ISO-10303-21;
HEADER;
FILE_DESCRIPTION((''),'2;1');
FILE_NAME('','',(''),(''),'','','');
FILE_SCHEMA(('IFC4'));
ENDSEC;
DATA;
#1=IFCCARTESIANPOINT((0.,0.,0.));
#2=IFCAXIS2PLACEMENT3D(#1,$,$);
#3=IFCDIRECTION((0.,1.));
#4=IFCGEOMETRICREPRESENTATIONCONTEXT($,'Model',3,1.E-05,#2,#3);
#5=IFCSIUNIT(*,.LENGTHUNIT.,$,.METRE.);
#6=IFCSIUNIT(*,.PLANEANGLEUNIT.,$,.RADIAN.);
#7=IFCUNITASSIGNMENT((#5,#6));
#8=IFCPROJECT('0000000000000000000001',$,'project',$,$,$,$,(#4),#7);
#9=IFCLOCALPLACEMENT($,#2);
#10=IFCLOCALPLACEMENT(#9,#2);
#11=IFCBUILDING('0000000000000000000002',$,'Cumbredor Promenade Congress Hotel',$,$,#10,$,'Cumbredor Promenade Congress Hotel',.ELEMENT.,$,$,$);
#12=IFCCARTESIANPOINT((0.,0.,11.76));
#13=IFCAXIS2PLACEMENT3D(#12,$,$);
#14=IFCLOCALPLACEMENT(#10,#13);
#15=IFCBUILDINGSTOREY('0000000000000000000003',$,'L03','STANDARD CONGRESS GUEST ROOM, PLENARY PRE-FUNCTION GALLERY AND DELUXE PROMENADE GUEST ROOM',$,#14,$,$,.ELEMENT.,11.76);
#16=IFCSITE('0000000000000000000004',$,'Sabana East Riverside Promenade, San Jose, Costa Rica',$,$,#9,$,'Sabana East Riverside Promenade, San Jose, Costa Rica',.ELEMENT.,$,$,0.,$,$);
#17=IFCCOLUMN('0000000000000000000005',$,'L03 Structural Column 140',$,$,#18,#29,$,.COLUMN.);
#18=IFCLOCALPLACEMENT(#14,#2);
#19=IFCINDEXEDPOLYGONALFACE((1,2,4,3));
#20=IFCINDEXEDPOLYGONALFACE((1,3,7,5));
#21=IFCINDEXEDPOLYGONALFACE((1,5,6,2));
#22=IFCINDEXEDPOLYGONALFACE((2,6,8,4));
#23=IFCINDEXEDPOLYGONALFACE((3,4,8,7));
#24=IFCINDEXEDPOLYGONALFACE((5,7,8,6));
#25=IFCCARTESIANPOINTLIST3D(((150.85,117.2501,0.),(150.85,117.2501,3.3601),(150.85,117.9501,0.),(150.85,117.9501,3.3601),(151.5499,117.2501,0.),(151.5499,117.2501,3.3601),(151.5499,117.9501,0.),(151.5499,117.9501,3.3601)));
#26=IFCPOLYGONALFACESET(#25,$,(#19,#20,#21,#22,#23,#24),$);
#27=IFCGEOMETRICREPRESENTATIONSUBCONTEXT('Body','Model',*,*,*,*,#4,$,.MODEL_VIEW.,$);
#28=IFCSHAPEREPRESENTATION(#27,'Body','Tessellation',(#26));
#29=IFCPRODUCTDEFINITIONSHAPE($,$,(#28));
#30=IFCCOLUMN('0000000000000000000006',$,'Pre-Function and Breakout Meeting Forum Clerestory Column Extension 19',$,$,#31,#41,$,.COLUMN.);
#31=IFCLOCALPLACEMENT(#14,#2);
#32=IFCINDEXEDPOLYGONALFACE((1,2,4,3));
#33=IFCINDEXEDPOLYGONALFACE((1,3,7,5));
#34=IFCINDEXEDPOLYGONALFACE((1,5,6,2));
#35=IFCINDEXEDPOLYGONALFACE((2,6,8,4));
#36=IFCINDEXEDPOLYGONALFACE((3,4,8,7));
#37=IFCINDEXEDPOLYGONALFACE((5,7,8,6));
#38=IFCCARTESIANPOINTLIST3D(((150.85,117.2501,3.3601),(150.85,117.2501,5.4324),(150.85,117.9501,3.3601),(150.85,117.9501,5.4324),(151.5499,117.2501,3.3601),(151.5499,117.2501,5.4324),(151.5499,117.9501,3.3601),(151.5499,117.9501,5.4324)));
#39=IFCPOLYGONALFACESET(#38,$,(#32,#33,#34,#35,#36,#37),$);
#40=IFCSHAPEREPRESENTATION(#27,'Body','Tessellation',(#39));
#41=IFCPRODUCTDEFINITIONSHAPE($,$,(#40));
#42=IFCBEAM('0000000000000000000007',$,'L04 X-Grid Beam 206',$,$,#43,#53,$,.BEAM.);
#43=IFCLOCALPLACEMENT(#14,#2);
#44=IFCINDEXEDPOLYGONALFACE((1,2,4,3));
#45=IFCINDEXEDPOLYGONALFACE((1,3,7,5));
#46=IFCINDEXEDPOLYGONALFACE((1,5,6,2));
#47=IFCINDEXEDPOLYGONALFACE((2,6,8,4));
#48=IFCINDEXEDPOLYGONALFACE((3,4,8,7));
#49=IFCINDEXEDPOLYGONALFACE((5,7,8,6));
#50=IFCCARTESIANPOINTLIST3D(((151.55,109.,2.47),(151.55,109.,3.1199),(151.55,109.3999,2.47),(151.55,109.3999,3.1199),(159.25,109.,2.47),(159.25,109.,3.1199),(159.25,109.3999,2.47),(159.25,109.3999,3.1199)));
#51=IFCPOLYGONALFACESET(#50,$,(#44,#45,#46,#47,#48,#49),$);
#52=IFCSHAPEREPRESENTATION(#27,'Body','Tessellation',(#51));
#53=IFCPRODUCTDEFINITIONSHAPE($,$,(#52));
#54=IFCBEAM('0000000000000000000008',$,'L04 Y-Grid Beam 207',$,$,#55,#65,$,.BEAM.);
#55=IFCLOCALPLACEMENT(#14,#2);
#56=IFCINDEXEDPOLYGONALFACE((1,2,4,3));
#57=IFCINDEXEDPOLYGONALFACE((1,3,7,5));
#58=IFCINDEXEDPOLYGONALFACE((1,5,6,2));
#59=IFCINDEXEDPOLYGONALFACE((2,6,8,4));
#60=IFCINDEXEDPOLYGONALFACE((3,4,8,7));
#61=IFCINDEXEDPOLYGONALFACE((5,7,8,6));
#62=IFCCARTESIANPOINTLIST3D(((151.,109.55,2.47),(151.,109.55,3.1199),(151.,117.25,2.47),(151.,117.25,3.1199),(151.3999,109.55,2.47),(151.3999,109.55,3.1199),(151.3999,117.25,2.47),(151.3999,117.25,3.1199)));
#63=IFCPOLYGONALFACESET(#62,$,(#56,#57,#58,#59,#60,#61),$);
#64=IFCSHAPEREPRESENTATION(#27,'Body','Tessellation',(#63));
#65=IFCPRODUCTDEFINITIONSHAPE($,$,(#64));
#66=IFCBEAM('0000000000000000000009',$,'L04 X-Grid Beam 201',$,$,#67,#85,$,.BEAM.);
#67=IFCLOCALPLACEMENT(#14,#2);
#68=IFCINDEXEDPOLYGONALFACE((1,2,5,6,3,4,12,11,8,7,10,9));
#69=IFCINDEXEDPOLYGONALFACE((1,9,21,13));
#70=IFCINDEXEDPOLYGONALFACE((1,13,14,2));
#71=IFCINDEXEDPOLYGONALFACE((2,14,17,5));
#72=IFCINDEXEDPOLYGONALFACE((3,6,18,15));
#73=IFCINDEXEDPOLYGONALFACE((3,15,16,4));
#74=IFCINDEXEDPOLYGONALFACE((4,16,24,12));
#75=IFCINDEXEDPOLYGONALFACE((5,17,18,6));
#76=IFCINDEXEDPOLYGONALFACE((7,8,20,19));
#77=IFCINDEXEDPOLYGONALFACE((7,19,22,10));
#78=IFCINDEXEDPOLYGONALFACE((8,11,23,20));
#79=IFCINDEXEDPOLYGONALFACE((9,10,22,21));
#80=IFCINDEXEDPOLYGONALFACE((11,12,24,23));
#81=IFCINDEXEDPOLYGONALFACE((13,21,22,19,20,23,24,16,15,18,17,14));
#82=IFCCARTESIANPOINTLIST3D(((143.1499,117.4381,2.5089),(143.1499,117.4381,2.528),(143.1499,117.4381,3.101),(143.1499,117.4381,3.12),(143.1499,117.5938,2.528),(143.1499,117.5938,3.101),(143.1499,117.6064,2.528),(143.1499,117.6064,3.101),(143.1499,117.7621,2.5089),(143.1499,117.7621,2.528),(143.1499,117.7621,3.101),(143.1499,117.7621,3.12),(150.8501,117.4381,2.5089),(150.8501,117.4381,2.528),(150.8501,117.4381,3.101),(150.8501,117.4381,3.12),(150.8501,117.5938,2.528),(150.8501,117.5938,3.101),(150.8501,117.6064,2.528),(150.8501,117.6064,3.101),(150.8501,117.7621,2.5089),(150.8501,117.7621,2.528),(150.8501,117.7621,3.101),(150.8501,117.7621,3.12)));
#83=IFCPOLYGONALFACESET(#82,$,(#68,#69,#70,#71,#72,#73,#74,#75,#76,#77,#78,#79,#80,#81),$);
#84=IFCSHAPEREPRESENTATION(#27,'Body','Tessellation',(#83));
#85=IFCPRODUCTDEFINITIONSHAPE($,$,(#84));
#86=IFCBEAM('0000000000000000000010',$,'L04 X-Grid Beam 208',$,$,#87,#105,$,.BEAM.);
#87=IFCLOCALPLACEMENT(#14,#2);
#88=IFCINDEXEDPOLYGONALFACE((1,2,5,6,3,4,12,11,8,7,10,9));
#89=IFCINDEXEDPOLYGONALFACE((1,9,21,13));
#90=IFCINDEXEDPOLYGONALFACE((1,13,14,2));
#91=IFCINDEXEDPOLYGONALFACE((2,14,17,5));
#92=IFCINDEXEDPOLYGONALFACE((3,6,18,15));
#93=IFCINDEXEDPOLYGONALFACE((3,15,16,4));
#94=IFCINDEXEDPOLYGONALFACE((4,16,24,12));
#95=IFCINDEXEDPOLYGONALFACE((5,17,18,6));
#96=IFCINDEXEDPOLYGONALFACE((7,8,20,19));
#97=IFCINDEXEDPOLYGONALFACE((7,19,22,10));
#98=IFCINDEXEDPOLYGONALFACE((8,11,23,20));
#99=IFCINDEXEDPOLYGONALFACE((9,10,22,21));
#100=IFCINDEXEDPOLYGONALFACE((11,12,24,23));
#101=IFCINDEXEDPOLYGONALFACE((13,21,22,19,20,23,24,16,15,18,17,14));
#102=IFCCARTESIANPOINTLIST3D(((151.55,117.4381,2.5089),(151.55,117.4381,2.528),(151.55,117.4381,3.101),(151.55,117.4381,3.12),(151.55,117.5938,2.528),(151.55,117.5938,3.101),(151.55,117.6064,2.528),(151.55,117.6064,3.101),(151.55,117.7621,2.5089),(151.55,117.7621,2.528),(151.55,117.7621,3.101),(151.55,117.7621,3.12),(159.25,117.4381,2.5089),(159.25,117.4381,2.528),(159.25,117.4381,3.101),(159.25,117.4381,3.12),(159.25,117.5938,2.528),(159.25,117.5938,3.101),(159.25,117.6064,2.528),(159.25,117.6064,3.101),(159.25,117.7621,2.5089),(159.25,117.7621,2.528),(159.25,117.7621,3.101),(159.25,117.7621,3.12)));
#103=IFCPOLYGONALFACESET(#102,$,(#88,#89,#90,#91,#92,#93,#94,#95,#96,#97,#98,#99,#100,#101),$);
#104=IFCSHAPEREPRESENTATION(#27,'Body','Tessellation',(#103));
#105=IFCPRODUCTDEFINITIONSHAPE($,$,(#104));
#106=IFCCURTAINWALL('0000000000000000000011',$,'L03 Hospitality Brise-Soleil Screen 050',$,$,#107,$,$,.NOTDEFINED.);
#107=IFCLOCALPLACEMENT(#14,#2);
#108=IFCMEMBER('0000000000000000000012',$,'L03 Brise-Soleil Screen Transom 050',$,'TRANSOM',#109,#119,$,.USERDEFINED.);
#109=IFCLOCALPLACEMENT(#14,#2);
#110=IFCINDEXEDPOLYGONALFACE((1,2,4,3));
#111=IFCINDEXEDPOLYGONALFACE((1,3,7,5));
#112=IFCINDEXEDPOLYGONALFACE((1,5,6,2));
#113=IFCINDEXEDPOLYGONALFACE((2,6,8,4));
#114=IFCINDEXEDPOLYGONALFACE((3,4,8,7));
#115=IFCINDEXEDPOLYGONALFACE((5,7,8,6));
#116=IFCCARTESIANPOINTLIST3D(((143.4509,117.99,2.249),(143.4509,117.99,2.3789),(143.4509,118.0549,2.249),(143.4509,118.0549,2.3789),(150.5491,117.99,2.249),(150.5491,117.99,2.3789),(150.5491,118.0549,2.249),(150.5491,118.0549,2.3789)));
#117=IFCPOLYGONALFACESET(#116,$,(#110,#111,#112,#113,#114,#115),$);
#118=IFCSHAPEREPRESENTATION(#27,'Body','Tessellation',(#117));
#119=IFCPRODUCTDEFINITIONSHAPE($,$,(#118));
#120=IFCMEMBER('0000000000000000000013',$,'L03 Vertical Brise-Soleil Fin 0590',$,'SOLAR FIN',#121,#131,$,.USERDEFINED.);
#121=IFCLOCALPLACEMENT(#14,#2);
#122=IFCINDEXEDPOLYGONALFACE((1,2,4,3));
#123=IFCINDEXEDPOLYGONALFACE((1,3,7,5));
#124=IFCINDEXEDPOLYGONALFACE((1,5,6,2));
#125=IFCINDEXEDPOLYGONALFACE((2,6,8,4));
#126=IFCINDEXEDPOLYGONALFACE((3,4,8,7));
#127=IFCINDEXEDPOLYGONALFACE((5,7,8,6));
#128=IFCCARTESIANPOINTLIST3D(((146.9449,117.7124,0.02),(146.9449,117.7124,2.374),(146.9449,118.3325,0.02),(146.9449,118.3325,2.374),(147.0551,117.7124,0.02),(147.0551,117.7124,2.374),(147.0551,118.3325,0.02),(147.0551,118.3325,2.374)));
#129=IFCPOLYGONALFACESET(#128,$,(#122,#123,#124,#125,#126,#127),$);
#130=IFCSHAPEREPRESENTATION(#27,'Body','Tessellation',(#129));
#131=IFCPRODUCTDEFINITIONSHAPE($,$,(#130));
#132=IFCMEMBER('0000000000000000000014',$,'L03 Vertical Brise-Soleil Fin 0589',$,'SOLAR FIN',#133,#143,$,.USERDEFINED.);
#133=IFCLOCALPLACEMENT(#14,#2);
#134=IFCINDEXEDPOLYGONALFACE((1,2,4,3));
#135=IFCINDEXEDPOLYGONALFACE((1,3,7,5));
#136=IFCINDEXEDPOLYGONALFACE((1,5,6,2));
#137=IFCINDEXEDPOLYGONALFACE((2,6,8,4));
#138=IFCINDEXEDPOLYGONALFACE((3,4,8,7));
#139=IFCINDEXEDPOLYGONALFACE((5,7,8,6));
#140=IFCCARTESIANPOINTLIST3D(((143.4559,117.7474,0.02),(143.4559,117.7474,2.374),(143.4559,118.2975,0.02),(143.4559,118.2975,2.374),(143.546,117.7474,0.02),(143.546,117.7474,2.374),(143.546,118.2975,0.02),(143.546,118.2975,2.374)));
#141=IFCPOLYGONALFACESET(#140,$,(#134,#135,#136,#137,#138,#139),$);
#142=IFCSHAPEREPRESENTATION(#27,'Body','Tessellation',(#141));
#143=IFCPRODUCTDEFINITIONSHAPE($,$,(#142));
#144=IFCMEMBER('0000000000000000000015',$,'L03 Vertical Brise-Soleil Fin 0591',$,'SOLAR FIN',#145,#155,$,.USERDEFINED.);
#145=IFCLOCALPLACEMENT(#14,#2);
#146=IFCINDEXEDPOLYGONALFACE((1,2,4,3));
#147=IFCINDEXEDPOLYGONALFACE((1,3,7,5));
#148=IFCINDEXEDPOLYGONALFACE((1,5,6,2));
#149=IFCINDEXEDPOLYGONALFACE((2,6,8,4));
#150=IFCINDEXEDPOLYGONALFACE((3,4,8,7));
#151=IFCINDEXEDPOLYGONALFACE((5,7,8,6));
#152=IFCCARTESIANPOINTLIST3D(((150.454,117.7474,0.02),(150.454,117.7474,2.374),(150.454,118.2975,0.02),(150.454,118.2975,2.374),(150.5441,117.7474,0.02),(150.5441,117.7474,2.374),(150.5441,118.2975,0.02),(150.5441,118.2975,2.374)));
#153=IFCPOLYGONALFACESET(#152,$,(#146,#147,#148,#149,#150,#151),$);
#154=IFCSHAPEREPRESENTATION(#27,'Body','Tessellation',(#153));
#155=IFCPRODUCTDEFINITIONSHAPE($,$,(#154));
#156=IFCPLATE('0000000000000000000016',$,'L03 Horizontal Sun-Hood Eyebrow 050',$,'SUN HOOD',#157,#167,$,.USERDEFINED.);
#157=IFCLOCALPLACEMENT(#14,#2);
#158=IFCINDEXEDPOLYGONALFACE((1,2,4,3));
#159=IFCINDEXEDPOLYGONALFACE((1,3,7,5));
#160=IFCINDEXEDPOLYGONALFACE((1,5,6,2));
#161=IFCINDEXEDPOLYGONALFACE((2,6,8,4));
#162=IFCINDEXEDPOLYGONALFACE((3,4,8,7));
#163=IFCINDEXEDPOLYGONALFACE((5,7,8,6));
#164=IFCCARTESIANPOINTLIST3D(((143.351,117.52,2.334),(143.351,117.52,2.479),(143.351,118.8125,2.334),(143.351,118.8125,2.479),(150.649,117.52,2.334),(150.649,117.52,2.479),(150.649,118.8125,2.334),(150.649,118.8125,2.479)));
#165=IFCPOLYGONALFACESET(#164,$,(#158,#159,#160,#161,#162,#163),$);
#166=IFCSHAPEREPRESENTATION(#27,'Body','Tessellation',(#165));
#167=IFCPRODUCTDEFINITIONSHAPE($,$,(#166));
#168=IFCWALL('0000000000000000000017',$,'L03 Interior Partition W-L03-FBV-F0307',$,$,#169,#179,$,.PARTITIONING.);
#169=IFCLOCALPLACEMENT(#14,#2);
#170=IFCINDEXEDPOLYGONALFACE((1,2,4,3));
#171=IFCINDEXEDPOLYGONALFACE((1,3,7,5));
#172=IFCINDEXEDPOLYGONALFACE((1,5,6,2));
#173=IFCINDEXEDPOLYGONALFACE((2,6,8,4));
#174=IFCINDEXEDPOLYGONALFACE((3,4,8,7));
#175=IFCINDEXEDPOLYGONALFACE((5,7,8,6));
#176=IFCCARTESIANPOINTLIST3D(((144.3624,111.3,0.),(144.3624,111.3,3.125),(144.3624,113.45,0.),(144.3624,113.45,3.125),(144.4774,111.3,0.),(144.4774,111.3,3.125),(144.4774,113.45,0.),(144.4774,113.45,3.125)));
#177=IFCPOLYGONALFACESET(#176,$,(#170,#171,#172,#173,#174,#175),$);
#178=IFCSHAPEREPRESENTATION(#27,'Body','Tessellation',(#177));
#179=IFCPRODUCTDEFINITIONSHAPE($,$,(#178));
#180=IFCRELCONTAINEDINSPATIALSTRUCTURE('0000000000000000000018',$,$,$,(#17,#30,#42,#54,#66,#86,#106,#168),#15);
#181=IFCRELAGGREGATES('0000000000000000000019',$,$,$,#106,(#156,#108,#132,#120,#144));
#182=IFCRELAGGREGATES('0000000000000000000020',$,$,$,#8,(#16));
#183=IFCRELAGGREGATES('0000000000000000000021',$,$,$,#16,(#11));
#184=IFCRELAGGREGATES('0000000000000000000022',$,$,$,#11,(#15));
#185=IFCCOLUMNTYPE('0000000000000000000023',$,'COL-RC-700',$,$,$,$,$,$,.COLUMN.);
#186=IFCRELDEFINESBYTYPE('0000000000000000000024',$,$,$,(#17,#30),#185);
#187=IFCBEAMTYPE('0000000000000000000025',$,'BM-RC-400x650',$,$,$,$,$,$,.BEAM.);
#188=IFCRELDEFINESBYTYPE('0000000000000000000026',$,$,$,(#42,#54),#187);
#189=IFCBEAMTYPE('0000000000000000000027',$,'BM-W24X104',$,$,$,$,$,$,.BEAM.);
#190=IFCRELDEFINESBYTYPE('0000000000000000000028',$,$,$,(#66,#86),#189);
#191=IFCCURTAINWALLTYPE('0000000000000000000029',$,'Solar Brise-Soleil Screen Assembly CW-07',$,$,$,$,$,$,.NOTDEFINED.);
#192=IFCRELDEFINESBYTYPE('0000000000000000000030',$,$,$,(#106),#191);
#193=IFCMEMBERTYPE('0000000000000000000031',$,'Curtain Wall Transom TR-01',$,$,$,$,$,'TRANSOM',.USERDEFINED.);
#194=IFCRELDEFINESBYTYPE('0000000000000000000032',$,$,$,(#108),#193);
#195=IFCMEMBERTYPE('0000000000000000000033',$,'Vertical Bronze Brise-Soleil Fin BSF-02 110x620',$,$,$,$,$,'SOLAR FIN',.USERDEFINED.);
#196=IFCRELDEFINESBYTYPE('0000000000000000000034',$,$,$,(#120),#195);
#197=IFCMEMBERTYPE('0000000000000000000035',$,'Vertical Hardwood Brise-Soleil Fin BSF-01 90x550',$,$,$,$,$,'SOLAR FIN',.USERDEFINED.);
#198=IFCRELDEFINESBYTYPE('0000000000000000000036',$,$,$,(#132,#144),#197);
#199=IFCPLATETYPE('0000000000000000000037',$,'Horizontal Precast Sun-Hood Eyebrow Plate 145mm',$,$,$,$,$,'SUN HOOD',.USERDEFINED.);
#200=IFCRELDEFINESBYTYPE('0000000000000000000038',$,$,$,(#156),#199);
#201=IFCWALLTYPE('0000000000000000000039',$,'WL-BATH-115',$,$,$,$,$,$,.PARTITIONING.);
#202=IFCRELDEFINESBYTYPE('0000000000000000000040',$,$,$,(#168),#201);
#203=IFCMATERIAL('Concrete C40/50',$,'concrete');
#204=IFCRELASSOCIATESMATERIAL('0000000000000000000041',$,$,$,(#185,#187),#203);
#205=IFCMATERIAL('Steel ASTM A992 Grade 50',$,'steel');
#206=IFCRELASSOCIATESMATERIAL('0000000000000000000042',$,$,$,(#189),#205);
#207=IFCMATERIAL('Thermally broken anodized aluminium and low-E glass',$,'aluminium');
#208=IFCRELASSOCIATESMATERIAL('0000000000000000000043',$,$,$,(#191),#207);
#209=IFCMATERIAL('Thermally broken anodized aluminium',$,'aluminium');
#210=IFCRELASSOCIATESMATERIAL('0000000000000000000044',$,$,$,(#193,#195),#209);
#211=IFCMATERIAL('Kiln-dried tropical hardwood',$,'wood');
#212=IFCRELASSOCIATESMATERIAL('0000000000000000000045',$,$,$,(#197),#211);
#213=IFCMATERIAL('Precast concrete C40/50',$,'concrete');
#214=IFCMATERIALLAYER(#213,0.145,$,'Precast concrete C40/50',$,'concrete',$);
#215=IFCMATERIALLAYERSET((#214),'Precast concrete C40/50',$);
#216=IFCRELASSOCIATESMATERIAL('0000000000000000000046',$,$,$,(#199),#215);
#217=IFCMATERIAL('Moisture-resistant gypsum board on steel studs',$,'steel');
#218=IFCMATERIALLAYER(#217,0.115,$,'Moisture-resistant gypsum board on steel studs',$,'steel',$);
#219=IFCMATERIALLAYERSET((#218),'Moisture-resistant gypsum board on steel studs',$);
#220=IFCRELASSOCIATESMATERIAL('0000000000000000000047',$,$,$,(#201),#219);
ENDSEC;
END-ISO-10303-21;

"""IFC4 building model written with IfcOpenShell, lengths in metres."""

from ifc_helpers import new_model, si_unit, direction, frame, frame_2d, origin, origin_2d, place, context, subcontext, project, spatial, rectangle, i_section, extrude, material, layer, layer_set, material_profile, profile_set, type_object, element, aggregate, save


model = new_model("IFC4")

# Units and contexts
model_context = context("Model", 3, precision=1e-05, world=origin(), true_north=direction((0.0, 1.0)))
body_context = subcontext(model_context, "Body", "Model", "MODEL_VIEW")
ifc_project = project(units=[si_unit("LENGTHUNIT", "METRE"), si_unit("PLANEANGLEUNIT", "RADIAN")], contexts=[model_context])

# Site, building, storey
site_placement = place(None, origin())
site = spatial("IfcSite", under=ifc_project, at=site_placement, Name="Sabana East Riverside Promenade, San Jose, Costa Rica", LongName="Sabana East Riverside Promenade, San Jose, Costa Rica", CompositionType="ELEMENT", RefElevation=0.0)
building_placement = place(site_placement, origin())
building = spatial("IfcBuilding", under=site, at=building_placement, Name="Cumbredor Promenade Congress Hotel", LongName="Cumbredor Promenade Congress Hotel", CompositionType="ELEMENT")
storey_placement = place(building_placement, frame((0.0, 0.0, 11.76)))
storey = spatial("IfcBuildingStorey", under=building, at=storey_placement, Name="L03", Description="STANDARD CONGRESS GUEST ROOM, PLENARY PRE-FUNCTION GALLERY AND DELUXE PROMENADE GUEST ROOM", CompositionType="ELEMENT", Elevation=11.76)

# Columns
ifc_material_1 = material(Name="Concrete C40/50", Category="concrete")
ifc_material_profile_1 = material_profile(ifc_material_1, rectangle(XDim=0.7, YDim=0.7, at=origin_2d()), Name="RC 700x700")
ifc_profile_set_1 = profile_set([ifc_material_profile_1], Name="Concrete C40/50")
column_type = type_object("IfcColumnType", Name="COL-RC-700", PredefinedType="COLUMN", material=ifc_profile_set_1)
column_1_placement = place(storey_placement, frame((151.2, 117.6001, 0.0), z_axis=(0.0, 0.0, 1.0), x_axis=(1.0, 0.0, 0.0)))
element("IfcColumn", 1, at=column_1_placement, inside=storey, type_object=column_type, Name="L03 Structural Column 140", PredefinedType="COLUMN", context=body_context, shape_type="SweptSolid", body=[
    extrude(rectangle(XDim=0.7, YDim=0.7, at=origin_2d()), origin(), (0.0, 0.0, 1.0), 3.3601),
])
column_2_placement = place(storey_placement, frame((151.2, 117.6001, 3.3601), z_axis=(0.0, 0.0, 1.0), x_axis=(1.0, 0.0, 0.0)))
element("IfcColumn", 2, at=column_2_placement, inside=storey, type_object=column_type, Name="Pre-Function and Breakout Meeting Forum Clerestory Column Extension 19", PredefinedType="COLUMN", context=body_context, shape_type="SweptSolid", body=[
    extrude(rectangle(XDim=0.7, YDim=0.7, at=origin_2d()), origin(), (0.0, 0.0, 1.0), 2.0723),
])

# Beams
ifc_material_profile_2 = material_profile(ifc_material_1, rectangle(XDim=0.3999, YDim=0.6499, at=origin_2d()), Name="RC BEAM 400x650")
ifc_profile_set_2 = profile_set([ifc_material_profile_2], Name="Concrete C40/50")
beam_type_1 = type_object("IfcBeamType", Name="BM-RC-400x650", PredefinedType="BEAM", material=ifc_profile_set_2)
for number, where, z_axis, x_axis, name in (
    (3, (151.55, 109.2, 2.7949), (1.0, 0.0, 0.0), (0.0, 1.0, 0.0), "L04 X-Grid Beam 206"),
    (4, (151.2, 109.55, 2.7949), (0.0, 1.0, 0.0), (-1.0, 0.0, 0.0), "L04 Y-Grid Beam 207"),
):
    element("IfcBeam", number, at=place(storey_placement, frame(where, z_axis=z_axis, x_axis=x_axis)), inside=storey, type_object=beam_type_1, Name=name, PredefinedType="BEAM", context=body_context, shape_type="SweptSolid", body=[
        extrude(rectangle(XDim=0.3999, YDim=0.6499, at=origin_2d()), origin(), (0.0, 0.0, 1.0), 7.7),
    ])
ifc_material_2 = material(Name="Steel ASTM A992 Grade 50", Category="steel")
ifc_material_profile_3 = material_profile(ifc_material_2, i_section(OverallWidth=0.324, OverallDepth=0.6111, WebThickness=0.0127, FlangeThickness=0.019, at=origin_2d()), Name="W24X104")
ifc_profile_set_3 = profile_set([ifc_material_profile_3], Name="Steel ASTM A992 Grade 50")
beam_type_2 = type_object("IfcBeamType", Name="BM-W24X104", PredefinedType="BEAM", material=ifc_profile_set_3)
beam_1_placement = place(storey_placement, frame((143.1499, 117.6001, 2.8145), z_axis=(1.0, 0.0, 0.0), x_axis=(0.0, 1.0, 0.0)))
element("IfcBeam", 5, at=beam_1_placement, inside=storey, type_object=beam_type_2, Name="L04 X-Grid Beam 201", PredefinedType="BEAM", context=body_context, shape_type="SweptSolid", body=[
    extrude(i_section(OverallWidth=0.324, OverallDepth=0.6111, WebThickness=0.0127, FlangeThickness=0.019, at=origin_2d()), origin(), (0.0, 0.0, 1.0), 7.7002),
])
beam_2_placement = place(storey_placement, frame((151.55, 117.6001, 2.8145), z_axis=(1.0, 0.0, 0.0), x_axis=(0.0, 1.0, 0.0)))
element("IfcBeam", 6, at=beam_2_placement, inside=storey, type_object=beam_type_2, Name="L04 X-Grid Beam 208", PredefinedType="BEAM", context=body_context, shape_type="SweptSolid", body=[
    extrude(i_section(OverallWidth=0.324, OverallDepth=0.6111, WebThickness=0.0127, FlangeThickness=0.019, at=origin_2d()), origin(), (0.0, 0.0, 1.0), 7.7),
])

# Curtain wall, members, plate
ifc_material_3 = material(Name="Thermally broken anodized aluminium and low-E glass", Category="aluminium")
curtain_wall_type = type_object("IfcCurtainWallType", Name="Solar Brise-Soleil Screen Assembly CW-07", PredefinedType="NOTDEFINED", material=ifc_material_3)
curtain_wall_placement = place(storey_placement, origin())
curtain_wall = element("IfcCurtainWall", 7, at=curtain_wall_placement, inside=storey, type_object=curtain_wall_type, Name="L03 Hospitality Brise-Soleil Screen 050", PredefinedType="NOTDEFINED")
ifc_material_4 = material(Name="Thermally broken anodized aluminium", Category="aluminium")
ifc_material_profile_4 = material_profile(ifc_material_4, rectangle(XDim=0.0649, YDim=0.1299, at=origin_2d()), Name="ALU TRANSOM 65x130")
ifc_profile_set_4 = profile_set([ifc_material_profile_4], Name="Thermally broken anodized aluminium")
member_type_1 = type_object("IfcMemberType", Name="Curtain Wall Transom TR-01", ElementType="TRANSOM", PredefinedType="USERDEFINED", material=ifc_profile_set_4)
member_1_placement = place(storey_placement, frame((143.4509, 118.0225, 2.314), z_axis=(1.0, 0.0, 0.0), x_axis=(0.0, 1.0, 0.0)))
member_1 = element("IfcMember", 8, at=member_1_placement, type_object=member_type_1, Name="L03 Brise-Soleil Screen Transom 050", ObjectType="TRANSOM", PredefinedType="USERDEFINED", context=body_context, shape_type="SweptSolid", body=[
    extrude(rectangle(XDim=0.0649, YDim=0.1299, at=origin_2d()), origin(), (0.0, 0.0, 1.0), 7.0981),
])
ifc_material_profile_5 = material_profile(ifc_material_4, rectangle(XDim=0.1101, YDim=0.6201, at=origin_2d()), Name="ARCH FIN 110x620")
ifc_profile_set_5 = profile_set([ifc_material_profile_5], Name="Thermally broken anodized aluminium")
member_type_2 = type_object("IfcMemberType", Name="Vertical Bronze Brise-Soleil Fin BSF-02 110x620", ElementType="SOLAR FIN", PredefinedType="USERDEFINED", material=ifc_profile_set_5)
member_2_placement = place(storey_placement, frame((147.0, 118.0225, 0.02), z_axis=(0.0, 0.0, 1.0), x_axis=(1.0, 0.0, 0.0)))
member_2 = element("IfcMember", 9, at=member_2_placement, type_object=member_type_2, Name="L03 Vertical Brise-Soleil Fin 0590", ObjectType="SOLAR FIN", PredefinedType="USERDEFINED", context=body_context, shape_type="SweptSolid", body=[
    extrude(rectangle(XDim=0.1101, YDim=0.6201, at=origin_2d()), origin(), (0.0, 0.0, 1.0), 2.354),
])
ifc_material_5 = material(Name="Kiln-dried tropical hardwood", Category="wood")
ifc_material_profile_6 = material_profile(ifc_material_5, rectangle(XDim=0.0901, YDim=0.55, at=origin_2d()), Name="ARCH FIN 90x550")
ifc_profile_set_6 = profile_set([ifc_material_profile_6], Name="Kiln-dried tropical hardwood")
member_type_3 = type_object("IfcMemberType", Name="Vertical Hardwood Brise-Soleil Fin BSF-01 90x550", ElementType="SOLAR FIN", PredefinedType="USERDEFINED", material=ifc_profile_set_6)
member_3_placement = place(storey_placement, frame((143.501, 118.0225, 0.02), z_axis=(0.0, 0.0, 1.0), x_axis=(1.0, 0.0, 0.0)))
member_3 = element("IfcMember", 10, at=member_3_placement, type_object=member_type_3, Name="L03 Vertical Brise-Soleil Fin 0589", ObjectType="SOLAR FIN", PredefinedType="USERDEFINED", context=body_context, shape_type="SweptSolid", body=[
    extrude(rectangle(XDim=0.0901, YDim=0.55, at=origin_2d()), origin(), (0.0, 0.0, 1.0), 2.354),
])
member_4_placement = place(storey_placement, frame((150.499, 118.0225, 0.02), z_axis=(0.0, 0.0, 1.0), x_axis=(1.0, 0.0, 0.0)))
member_4 = element("IfcMember", 11, at=member_4_placement, type_object=member_type_3, Name="L03 Vertical Brise-Soleil Fin 0591", ObjectType="SOLAR FIN", PredefinedType="USERDEFINED", context=body_context, shape_type="SweptSolid", body=[
    extrude(rectangle(XDim=0.0901, YDim=0.55, at=origin_2d()), origin(), (0.0, 0.0, 1.0), 2.354),
])
ifc_material_6 = material(Name="Precast concrete C40/50", Category="concrete")
ifc_layer_1 = layer(ifc_material_6, 0.145, Name="Precast concrete C40/50", Category="concrete")
ifc_layer_set_1 = layer_set([ifc_layer_1], Name="Precast concrete C40/50")
plate_type = type_object("IfcPlateType", Name="Horizontal Precast Sun-Hood Eyebrow Plate 145mm", ElementType="SUN HOOD", PredefinedType="USERDEFINED", material=ifc_layer_set_1)
plate_placement = place(storey_placement, frame((147.0, 118.1663, 2.334), z_axis=(0.0, 0.0, 1.0), x_axis=(1.0, 0.0, 0.0)))
plate = element("IfcPlate", 12, at=plate_placement, type_object=plate_type, Name="L03 Horizontal Sun-Hood Eyebrow 050", ObjectType="SUN HOOD", PredefinedType="USERDEFINED", context=body_context, shape_type="SweptSolid", body=[
    extrude(rectangle(XDim=7.2981, YDim=1.2925, at=origin_2d()), origin(), (0.0, 0.0, 1.0), 0.145),
])
aggregate(curtain_wall, [plate, member_1, member_3, member_2, member_4])

# Wall
ifc_material_7 = material(Name="Moisture-resistant gypsum board on steel studs", Category="steel")
ifc_layer_2 = layer(ifc_material_7, 0.115, Name="Moisture-resistant gypsum board on steel studs", Category="steel")
ifc_layer_set_2 = layer_set([ifc_layer_2], Name="Moisture-resistant gypsum board on steel studs")
wall_type_1 = type_object("IfcWallType", Name="WL-BATH-115", PredefinedType="PARTITIONING", material=ifc_layer_set_2)
wall_1_placement = place(storey_placement, frame((144.4199, 111.3, 0.0), z_axis=(0.0, 0.0, 1.0), x_axis=(0.0, 1.0, 0.0)))
element("IfcWall", 13, at=wall_1_placement, inside=storey, type_object=wall_type_1, Name="L03 Interior Partition W-L03-FBV-F0307", PredefinedType="PARTITIONING", context=body_context, shape_type="SweptSolid", body=[
    extrude(rectangle(XDim=2.1499, YDim=0.115, at=frame_2d((1.075, 0.0))), origin(), (0.0, 0.0, 1.0), 3.125),
])

save(model, "model.ifc")
